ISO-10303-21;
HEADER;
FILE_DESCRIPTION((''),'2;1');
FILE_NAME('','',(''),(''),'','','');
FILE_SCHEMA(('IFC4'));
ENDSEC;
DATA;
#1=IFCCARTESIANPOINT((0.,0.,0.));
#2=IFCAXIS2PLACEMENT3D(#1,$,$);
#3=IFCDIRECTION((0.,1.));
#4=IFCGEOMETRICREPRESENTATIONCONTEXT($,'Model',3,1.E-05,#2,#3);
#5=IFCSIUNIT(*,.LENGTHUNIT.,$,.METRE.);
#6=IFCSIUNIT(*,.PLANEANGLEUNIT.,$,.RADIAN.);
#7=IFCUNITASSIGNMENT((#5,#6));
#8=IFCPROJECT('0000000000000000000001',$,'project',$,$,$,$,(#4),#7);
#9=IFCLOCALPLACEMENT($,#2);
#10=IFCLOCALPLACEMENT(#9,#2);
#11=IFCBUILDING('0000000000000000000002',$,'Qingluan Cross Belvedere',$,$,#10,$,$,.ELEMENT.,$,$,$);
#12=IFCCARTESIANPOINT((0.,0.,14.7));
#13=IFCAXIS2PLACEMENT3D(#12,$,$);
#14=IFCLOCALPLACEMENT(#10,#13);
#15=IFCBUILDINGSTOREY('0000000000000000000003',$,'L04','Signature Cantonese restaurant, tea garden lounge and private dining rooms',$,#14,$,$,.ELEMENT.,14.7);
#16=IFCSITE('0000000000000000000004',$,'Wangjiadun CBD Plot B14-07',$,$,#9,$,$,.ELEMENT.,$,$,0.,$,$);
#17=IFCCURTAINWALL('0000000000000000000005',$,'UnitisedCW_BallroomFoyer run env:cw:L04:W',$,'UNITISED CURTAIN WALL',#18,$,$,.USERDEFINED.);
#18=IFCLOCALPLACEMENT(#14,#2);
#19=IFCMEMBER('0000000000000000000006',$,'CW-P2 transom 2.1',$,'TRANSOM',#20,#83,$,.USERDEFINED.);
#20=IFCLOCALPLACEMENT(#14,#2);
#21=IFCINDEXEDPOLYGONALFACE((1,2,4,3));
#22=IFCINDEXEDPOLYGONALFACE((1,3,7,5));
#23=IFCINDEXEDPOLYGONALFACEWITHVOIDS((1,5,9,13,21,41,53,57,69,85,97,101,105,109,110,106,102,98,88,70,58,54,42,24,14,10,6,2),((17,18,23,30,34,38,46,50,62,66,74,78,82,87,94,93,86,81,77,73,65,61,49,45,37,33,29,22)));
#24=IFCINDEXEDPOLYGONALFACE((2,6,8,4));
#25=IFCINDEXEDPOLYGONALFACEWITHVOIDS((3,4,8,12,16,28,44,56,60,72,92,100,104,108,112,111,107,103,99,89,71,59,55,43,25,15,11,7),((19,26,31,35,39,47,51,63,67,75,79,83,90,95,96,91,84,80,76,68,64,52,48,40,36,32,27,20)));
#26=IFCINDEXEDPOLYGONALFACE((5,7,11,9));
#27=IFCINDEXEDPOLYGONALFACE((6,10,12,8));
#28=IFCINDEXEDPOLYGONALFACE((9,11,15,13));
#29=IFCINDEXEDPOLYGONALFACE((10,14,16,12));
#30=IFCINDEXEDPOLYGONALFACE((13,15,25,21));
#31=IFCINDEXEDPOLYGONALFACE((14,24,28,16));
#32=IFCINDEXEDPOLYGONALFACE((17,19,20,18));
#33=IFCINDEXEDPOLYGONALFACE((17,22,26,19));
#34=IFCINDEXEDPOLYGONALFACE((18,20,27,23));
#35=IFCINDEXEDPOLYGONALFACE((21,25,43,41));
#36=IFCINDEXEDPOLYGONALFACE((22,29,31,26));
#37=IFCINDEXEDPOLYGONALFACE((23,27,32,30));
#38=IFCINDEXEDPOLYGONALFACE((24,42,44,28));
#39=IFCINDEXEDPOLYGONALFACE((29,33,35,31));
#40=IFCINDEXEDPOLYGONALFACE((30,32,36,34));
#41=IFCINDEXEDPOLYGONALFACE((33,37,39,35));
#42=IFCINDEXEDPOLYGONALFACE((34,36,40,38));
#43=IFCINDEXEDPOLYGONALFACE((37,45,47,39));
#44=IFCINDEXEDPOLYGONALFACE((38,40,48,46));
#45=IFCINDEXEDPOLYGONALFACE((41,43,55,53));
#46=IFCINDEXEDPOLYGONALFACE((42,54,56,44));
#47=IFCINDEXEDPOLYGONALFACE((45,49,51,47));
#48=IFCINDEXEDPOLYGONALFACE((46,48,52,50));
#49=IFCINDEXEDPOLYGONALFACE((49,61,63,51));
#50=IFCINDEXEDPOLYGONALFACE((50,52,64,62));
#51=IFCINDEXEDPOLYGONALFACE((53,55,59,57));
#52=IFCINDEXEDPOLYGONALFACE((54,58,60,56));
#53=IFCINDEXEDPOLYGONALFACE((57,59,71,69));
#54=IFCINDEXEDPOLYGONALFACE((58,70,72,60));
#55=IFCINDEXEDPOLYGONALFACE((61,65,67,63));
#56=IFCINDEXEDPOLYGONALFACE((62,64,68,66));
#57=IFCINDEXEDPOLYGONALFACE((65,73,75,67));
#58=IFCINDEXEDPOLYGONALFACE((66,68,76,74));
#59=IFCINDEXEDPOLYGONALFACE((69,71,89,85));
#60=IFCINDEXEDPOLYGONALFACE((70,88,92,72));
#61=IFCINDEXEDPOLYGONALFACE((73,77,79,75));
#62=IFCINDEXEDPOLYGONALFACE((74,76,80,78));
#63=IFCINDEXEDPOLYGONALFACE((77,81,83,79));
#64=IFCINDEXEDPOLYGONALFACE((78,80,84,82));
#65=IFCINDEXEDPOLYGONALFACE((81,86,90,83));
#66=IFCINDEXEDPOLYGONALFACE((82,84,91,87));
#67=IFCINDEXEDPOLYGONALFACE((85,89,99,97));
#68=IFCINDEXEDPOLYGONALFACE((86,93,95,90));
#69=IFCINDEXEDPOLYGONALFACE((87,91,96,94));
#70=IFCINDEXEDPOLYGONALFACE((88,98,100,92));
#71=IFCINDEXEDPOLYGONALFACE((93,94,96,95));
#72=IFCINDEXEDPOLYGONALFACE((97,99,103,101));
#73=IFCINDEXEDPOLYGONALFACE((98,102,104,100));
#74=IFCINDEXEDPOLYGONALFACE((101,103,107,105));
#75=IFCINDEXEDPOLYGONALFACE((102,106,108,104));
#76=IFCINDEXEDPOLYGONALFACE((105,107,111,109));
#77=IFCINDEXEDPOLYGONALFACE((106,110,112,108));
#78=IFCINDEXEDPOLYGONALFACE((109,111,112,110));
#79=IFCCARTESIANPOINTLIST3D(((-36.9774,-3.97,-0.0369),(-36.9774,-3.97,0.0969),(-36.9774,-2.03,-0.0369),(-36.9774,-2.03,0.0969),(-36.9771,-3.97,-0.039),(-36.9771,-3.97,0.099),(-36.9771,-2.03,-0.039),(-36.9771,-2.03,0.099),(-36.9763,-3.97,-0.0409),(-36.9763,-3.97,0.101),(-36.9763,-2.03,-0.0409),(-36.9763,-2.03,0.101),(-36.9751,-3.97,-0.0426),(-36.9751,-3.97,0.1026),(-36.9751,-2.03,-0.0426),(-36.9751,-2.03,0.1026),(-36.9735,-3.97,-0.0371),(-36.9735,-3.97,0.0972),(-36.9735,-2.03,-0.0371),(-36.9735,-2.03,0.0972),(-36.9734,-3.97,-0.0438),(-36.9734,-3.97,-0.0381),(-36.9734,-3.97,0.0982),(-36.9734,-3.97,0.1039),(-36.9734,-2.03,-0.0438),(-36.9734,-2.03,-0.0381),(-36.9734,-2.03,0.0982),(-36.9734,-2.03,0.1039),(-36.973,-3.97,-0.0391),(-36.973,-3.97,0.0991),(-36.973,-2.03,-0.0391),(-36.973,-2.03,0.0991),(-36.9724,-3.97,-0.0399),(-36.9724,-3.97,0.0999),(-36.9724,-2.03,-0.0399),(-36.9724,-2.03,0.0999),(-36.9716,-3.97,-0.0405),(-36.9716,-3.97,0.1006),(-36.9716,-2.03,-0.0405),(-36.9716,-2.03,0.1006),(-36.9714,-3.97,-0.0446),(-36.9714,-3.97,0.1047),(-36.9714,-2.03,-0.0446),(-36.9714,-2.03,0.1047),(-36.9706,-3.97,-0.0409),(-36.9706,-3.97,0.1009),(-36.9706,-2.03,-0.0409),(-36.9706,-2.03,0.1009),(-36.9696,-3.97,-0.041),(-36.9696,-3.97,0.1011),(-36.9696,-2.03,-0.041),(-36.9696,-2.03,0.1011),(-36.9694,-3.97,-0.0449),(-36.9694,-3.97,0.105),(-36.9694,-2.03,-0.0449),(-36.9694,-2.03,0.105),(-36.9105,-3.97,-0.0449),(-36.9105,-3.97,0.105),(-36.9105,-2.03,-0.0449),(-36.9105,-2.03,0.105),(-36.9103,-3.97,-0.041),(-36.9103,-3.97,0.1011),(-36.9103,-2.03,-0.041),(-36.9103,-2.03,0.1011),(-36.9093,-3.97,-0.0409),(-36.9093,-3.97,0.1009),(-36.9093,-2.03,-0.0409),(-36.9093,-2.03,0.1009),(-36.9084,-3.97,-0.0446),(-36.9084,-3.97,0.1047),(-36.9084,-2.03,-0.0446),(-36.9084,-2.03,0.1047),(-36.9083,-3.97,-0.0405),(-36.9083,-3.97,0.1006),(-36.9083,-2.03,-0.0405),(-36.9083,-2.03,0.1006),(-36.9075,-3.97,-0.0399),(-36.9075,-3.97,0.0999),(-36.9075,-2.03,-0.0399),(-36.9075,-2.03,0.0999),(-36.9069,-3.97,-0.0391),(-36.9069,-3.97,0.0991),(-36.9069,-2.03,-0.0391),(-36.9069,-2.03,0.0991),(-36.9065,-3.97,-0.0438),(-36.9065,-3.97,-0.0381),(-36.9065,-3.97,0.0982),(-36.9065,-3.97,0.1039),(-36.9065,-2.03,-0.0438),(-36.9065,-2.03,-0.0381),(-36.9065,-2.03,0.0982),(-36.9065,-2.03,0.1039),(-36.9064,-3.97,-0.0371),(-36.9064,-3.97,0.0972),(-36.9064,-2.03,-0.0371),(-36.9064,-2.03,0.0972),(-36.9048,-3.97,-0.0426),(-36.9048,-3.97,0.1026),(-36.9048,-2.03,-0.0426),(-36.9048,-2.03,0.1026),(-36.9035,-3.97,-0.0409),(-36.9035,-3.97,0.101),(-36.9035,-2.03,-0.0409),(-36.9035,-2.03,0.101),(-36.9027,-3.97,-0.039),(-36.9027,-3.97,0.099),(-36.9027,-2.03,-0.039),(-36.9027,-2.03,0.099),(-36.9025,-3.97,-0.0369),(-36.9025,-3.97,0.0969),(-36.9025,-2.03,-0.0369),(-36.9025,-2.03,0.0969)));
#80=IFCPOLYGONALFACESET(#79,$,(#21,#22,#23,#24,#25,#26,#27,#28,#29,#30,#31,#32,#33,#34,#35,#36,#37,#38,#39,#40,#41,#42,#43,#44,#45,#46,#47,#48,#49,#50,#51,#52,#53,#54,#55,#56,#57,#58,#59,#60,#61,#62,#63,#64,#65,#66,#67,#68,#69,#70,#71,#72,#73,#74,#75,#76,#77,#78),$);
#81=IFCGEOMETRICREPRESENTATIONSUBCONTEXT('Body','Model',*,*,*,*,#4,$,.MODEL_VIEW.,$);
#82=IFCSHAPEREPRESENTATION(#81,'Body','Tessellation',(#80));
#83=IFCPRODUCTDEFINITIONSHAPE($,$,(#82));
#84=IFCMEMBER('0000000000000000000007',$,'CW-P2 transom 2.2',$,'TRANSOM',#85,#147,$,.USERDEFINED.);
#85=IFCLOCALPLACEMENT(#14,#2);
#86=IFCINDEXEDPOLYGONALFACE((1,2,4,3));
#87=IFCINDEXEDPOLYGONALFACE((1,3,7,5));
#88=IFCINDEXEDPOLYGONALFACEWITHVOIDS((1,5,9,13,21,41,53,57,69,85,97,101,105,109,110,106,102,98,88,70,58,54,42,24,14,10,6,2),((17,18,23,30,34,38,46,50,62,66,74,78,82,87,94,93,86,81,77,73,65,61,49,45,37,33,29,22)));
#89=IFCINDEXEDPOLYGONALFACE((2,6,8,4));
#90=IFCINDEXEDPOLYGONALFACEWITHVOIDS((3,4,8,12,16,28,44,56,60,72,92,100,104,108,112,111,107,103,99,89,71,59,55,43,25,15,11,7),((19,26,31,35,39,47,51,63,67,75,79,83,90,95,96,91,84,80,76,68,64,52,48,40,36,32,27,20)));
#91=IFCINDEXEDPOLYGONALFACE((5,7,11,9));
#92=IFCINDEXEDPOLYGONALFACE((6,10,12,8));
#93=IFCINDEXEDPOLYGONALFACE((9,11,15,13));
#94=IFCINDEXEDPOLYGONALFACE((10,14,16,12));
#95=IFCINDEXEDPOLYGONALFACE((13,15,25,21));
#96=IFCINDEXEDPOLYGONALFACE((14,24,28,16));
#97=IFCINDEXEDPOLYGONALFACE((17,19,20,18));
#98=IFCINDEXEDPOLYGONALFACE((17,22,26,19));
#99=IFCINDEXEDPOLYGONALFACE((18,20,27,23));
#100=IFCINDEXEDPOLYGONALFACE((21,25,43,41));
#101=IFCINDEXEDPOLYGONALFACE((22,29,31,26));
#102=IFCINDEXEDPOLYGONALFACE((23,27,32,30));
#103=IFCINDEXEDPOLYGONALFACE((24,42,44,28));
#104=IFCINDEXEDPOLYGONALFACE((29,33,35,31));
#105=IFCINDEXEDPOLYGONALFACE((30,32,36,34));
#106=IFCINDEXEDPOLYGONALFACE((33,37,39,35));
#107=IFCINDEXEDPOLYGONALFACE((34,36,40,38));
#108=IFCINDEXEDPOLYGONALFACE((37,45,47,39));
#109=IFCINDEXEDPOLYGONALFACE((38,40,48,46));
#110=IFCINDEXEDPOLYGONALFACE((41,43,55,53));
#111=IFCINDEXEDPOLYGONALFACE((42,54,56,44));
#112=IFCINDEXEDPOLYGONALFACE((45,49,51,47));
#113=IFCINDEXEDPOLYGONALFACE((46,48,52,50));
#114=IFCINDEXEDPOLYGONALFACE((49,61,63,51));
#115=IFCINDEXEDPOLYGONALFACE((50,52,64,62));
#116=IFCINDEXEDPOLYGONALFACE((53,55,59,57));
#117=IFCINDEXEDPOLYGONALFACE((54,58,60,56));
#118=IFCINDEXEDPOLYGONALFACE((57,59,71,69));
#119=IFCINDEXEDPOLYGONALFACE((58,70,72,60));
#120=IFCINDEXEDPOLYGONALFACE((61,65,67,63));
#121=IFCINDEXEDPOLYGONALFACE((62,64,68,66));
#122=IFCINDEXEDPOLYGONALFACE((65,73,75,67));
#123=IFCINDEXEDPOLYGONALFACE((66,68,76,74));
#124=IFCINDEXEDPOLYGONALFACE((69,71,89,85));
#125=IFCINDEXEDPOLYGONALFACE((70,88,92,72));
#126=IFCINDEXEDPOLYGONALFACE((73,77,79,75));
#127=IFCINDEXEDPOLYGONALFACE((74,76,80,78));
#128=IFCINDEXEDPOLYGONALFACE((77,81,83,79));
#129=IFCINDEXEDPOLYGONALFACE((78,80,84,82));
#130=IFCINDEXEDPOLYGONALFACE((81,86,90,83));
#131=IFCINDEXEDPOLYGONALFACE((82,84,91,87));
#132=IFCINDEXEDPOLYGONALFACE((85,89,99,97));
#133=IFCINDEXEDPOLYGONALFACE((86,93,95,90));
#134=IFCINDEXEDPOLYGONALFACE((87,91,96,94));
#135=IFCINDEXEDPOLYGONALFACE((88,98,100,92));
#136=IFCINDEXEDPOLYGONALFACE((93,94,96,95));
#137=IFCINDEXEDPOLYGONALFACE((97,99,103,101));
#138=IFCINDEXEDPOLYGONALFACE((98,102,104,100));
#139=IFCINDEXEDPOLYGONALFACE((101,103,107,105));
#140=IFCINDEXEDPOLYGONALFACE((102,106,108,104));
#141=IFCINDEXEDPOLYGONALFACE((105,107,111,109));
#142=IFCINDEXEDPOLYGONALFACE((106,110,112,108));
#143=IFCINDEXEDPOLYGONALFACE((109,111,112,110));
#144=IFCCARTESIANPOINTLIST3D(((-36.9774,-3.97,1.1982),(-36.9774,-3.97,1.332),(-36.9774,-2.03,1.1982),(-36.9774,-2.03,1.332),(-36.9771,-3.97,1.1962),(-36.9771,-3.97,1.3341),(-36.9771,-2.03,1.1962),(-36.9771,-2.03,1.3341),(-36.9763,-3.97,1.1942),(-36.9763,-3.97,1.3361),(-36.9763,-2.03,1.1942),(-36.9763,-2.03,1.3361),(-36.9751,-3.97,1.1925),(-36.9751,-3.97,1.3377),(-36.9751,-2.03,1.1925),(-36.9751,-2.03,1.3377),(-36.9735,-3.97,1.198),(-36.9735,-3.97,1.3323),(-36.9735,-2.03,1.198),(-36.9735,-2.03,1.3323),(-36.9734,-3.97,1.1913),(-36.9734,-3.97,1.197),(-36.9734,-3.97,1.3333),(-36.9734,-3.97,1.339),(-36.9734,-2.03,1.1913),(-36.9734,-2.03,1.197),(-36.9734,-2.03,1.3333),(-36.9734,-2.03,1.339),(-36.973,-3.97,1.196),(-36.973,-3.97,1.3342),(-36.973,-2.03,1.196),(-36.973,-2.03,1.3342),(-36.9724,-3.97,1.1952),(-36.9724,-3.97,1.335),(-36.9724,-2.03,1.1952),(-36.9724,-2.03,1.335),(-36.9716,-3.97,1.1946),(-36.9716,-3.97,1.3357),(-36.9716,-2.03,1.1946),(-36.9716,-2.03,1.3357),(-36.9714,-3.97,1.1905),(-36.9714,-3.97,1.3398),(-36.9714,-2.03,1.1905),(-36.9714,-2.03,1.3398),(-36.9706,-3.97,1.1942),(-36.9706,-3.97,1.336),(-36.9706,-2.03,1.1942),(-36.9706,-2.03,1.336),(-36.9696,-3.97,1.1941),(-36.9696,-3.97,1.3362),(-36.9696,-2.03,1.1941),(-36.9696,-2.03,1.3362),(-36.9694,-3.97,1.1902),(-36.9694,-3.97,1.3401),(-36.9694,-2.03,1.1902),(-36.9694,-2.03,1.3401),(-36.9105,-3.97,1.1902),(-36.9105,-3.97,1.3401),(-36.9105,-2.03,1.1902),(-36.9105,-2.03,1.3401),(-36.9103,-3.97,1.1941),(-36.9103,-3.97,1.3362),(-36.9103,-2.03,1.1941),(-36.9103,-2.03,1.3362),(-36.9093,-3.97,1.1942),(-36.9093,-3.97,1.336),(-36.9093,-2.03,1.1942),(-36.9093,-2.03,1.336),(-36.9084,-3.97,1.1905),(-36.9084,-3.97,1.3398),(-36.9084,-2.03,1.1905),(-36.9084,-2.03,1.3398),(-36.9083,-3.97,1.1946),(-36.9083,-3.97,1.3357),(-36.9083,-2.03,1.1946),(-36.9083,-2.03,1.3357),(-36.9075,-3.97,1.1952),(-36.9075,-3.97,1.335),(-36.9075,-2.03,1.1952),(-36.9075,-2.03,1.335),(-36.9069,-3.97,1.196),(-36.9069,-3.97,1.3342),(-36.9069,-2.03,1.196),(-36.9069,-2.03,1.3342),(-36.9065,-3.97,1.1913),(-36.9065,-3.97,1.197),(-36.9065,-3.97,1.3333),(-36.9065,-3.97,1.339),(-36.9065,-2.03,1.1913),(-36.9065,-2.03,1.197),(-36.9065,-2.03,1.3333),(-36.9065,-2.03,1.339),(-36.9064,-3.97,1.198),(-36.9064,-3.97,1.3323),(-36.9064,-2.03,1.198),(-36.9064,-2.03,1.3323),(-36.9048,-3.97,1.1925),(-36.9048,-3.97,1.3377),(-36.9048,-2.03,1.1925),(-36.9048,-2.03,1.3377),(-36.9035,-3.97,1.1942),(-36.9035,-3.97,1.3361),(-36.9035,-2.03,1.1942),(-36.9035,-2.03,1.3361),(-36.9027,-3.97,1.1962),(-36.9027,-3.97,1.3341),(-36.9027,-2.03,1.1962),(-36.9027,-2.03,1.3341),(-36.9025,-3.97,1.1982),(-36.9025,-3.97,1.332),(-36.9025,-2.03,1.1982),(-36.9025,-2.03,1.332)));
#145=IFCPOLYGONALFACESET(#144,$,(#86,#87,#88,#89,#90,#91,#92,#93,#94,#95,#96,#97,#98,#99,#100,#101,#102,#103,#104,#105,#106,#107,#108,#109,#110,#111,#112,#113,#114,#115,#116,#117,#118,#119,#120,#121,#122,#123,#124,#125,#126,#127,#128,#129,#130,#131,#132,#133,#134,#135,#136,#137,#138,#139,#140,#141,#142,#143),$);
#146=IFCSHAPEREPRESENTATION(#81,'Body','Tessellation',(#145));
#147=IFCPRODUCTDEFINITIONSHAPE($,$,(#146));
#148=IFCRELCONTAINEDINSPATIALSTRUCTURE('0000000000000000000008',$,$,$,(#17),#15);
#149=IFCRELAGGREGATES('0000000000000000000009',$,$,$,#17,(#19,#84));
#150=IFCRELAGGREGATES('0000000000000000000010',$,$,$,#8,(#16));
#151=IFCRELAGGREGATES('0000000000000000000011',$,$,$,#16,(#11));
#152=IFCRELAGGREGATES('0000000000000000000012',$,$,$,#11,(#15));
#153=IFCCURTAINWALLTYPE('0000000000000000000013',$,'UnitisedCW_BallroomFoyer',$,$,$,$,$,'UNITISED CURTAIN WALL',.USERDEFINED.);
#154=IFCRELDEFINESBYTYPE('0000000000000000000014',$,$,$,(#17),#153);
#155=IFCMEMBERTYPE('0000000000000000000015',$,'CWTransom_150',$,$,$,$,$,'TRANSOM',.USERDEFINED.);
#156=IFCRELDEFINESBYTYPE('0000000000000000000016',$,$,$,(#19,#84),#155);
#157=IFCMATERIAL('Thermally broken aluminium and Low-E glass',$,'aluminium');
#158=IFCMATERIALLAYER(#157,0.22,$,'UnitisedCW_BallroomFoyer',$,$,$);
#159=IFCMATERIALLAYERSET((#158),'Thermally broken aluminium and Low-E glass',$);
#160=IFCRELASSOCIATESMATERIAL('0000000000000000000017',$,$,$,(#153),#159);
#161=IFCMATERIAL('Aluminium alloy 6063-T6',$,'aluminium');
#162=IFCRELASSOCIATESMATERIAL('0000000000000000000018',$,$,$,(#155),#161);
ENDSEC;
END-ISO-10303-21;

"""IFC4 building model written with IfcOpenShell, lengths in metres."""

from ifc_helpers import new_model, si_unit, direction, frame, origin, origin_2d, place, context, subcontext, project, spatial, hollow_rectangle, extrude, material, layer, layer_set, material_profile, profile_set, type_object, element, aggregate, save


model = new_model("IFC4")

# Units and contexts
model_context = context("Model", 3, precision=1e-05, world=origin(), true_north=direction((0.0, 1.0)))
body_context = subcontext(model_context, "Body", "Model", "MODEL_VIEW")
ifc_project = project(units=[si_unit("LENGTHUNIT", "METRE"), si_unit("PLANEANGLEUNIT", "RADIAN")], contexts=[model_context])

# Site, building, storey
site_placement = place(None, origin())
site = spatial("IfcSite", under=ifc_project, at=site_placement, Name="Wangjiadun CBD Plot B14-07", CompositionType="ELEMENT", RefElevation=0.0)
building_placement = place(site_placement, origin())
building = spatial("IfcBuilding", under=site, at=building_placement, Name="Qingluan Cross Belvedere", CompositionType="ELEMENT")
storey_placement = place(building_placement, frame((0.0, 0.0, 14.7)))
storey = spatial("IfcBuildingStorey", under=building, at=storey_placement, Name="L04", Description="Signature Cantonese restaurant, tea garden lounge and private dining rooms", CompositionType="ELEMENT", Elevation=14.7)

# Curtain wall, members
ifc_material_1 = material(Name="Thermally broken aluminium and Low-E glass", Category="aluminium")
ifc_layer_1 = layer(ifc_material_1, 0.22, Name="UnitisedCW_BallroomFoyer")
ifc_layer_set_1 = layer_set([ifc_layer_1], Name="Thermally broken aluminium and Low-E glass")
curtain_wall_type = type_object("IfcCurtainWallType", Name="UnitisedCW_BallroomFoyer", ElementType="UNITISED CURTAIN WALL", PredefinedType="USERDEFINED", material=ifc_layer_set_1)
curtain_wall_placement = place(storey_placement, origin())
curtain_wall = element("IfcCurtainWall", 1, at=curtain_wall_placement, inside=storey, type_object=curtain_wall_type, Name="UnitisedCW_BallroomFoyer run env:cw:L04:W", ObjectType="UNITISED CURTAIN WALL", PredefinedType="USERDEFINED")
ifc_material_2 = material(Name="Aluminium alloy 6063-T6", Category="aluminium")
ifc_material_profile_1 = material_profile(ifc_material_2, hollow_rectangle(XDim=0.075, YDim=0.1499, WallThickness=0.0039, InnerFilletRadius=0.0039, OuterFilletRadius=0.0081, at=origin_2d()), Name="CWT150x75x4")
ifc_profile_set_1 = profile_set([ifc_material_profile_1], Name="Aluminium alloy 6063-T6")
member_type_1 = type_object("IfcMemberType", Name="CWTransom_150", ElementType="TRANSOM", PredefinedType="USERDEFINED", material=ifc_profile_set_1)
member_1_placement = place(storey_placement, frame((-36.9399, -3.97, 0.03), z_axis=(0.0, 1.0, 0.0), x_axis=(-1.0, 0.0, 0.0)))
member_1 = element("IfcMember", 2, at=member_1_placement, type_object=member_type_1, Name="CW-P2 transom 2.1", ObjectType="TRANSOM", PredefinedType="USERDEFINED", context=body_context, shape_type="SweptSolid", body=[
    extrude(hollow_rectangle(XDim=0.075, YDim=0.1499, WallThickness=0.0039, InnerFilletRadius=0.0039, OuterFilletRadius=0.0081, at=origin_2d()), origin(), (0.0, 0.0, 1.0), 1.9399),
])
member_2_placement = place(storey_placement, frame((-36.9399, -3.97, 1.2651), z_axis=(0.0, 1.0, 0.0), x_axis=(-1.0, 0.0, 0.0)))
member_2 = element("IfcMember", 3, at=member_2_placement, type_object=member_type_1, Name="CW-P2 transom 2.2", ObjectType="TRANSOM", PredefinedType="USERDEFINED", context=body_context, shape_type="SweptSolid", body=[
    extrude(hollow_rectangle(XDim=0.075, YDim=0.1499, WallThickness=0.0039, InnerFilletRadius=0.0039, OuterFilletRadius=0.0081, at=origin_2d()), origin(), (0.0, 0.0, 1.0), 1.9399),
])

aggregate(curtain_wall, [member_1, member_2])

save(model, "model.ifc")
